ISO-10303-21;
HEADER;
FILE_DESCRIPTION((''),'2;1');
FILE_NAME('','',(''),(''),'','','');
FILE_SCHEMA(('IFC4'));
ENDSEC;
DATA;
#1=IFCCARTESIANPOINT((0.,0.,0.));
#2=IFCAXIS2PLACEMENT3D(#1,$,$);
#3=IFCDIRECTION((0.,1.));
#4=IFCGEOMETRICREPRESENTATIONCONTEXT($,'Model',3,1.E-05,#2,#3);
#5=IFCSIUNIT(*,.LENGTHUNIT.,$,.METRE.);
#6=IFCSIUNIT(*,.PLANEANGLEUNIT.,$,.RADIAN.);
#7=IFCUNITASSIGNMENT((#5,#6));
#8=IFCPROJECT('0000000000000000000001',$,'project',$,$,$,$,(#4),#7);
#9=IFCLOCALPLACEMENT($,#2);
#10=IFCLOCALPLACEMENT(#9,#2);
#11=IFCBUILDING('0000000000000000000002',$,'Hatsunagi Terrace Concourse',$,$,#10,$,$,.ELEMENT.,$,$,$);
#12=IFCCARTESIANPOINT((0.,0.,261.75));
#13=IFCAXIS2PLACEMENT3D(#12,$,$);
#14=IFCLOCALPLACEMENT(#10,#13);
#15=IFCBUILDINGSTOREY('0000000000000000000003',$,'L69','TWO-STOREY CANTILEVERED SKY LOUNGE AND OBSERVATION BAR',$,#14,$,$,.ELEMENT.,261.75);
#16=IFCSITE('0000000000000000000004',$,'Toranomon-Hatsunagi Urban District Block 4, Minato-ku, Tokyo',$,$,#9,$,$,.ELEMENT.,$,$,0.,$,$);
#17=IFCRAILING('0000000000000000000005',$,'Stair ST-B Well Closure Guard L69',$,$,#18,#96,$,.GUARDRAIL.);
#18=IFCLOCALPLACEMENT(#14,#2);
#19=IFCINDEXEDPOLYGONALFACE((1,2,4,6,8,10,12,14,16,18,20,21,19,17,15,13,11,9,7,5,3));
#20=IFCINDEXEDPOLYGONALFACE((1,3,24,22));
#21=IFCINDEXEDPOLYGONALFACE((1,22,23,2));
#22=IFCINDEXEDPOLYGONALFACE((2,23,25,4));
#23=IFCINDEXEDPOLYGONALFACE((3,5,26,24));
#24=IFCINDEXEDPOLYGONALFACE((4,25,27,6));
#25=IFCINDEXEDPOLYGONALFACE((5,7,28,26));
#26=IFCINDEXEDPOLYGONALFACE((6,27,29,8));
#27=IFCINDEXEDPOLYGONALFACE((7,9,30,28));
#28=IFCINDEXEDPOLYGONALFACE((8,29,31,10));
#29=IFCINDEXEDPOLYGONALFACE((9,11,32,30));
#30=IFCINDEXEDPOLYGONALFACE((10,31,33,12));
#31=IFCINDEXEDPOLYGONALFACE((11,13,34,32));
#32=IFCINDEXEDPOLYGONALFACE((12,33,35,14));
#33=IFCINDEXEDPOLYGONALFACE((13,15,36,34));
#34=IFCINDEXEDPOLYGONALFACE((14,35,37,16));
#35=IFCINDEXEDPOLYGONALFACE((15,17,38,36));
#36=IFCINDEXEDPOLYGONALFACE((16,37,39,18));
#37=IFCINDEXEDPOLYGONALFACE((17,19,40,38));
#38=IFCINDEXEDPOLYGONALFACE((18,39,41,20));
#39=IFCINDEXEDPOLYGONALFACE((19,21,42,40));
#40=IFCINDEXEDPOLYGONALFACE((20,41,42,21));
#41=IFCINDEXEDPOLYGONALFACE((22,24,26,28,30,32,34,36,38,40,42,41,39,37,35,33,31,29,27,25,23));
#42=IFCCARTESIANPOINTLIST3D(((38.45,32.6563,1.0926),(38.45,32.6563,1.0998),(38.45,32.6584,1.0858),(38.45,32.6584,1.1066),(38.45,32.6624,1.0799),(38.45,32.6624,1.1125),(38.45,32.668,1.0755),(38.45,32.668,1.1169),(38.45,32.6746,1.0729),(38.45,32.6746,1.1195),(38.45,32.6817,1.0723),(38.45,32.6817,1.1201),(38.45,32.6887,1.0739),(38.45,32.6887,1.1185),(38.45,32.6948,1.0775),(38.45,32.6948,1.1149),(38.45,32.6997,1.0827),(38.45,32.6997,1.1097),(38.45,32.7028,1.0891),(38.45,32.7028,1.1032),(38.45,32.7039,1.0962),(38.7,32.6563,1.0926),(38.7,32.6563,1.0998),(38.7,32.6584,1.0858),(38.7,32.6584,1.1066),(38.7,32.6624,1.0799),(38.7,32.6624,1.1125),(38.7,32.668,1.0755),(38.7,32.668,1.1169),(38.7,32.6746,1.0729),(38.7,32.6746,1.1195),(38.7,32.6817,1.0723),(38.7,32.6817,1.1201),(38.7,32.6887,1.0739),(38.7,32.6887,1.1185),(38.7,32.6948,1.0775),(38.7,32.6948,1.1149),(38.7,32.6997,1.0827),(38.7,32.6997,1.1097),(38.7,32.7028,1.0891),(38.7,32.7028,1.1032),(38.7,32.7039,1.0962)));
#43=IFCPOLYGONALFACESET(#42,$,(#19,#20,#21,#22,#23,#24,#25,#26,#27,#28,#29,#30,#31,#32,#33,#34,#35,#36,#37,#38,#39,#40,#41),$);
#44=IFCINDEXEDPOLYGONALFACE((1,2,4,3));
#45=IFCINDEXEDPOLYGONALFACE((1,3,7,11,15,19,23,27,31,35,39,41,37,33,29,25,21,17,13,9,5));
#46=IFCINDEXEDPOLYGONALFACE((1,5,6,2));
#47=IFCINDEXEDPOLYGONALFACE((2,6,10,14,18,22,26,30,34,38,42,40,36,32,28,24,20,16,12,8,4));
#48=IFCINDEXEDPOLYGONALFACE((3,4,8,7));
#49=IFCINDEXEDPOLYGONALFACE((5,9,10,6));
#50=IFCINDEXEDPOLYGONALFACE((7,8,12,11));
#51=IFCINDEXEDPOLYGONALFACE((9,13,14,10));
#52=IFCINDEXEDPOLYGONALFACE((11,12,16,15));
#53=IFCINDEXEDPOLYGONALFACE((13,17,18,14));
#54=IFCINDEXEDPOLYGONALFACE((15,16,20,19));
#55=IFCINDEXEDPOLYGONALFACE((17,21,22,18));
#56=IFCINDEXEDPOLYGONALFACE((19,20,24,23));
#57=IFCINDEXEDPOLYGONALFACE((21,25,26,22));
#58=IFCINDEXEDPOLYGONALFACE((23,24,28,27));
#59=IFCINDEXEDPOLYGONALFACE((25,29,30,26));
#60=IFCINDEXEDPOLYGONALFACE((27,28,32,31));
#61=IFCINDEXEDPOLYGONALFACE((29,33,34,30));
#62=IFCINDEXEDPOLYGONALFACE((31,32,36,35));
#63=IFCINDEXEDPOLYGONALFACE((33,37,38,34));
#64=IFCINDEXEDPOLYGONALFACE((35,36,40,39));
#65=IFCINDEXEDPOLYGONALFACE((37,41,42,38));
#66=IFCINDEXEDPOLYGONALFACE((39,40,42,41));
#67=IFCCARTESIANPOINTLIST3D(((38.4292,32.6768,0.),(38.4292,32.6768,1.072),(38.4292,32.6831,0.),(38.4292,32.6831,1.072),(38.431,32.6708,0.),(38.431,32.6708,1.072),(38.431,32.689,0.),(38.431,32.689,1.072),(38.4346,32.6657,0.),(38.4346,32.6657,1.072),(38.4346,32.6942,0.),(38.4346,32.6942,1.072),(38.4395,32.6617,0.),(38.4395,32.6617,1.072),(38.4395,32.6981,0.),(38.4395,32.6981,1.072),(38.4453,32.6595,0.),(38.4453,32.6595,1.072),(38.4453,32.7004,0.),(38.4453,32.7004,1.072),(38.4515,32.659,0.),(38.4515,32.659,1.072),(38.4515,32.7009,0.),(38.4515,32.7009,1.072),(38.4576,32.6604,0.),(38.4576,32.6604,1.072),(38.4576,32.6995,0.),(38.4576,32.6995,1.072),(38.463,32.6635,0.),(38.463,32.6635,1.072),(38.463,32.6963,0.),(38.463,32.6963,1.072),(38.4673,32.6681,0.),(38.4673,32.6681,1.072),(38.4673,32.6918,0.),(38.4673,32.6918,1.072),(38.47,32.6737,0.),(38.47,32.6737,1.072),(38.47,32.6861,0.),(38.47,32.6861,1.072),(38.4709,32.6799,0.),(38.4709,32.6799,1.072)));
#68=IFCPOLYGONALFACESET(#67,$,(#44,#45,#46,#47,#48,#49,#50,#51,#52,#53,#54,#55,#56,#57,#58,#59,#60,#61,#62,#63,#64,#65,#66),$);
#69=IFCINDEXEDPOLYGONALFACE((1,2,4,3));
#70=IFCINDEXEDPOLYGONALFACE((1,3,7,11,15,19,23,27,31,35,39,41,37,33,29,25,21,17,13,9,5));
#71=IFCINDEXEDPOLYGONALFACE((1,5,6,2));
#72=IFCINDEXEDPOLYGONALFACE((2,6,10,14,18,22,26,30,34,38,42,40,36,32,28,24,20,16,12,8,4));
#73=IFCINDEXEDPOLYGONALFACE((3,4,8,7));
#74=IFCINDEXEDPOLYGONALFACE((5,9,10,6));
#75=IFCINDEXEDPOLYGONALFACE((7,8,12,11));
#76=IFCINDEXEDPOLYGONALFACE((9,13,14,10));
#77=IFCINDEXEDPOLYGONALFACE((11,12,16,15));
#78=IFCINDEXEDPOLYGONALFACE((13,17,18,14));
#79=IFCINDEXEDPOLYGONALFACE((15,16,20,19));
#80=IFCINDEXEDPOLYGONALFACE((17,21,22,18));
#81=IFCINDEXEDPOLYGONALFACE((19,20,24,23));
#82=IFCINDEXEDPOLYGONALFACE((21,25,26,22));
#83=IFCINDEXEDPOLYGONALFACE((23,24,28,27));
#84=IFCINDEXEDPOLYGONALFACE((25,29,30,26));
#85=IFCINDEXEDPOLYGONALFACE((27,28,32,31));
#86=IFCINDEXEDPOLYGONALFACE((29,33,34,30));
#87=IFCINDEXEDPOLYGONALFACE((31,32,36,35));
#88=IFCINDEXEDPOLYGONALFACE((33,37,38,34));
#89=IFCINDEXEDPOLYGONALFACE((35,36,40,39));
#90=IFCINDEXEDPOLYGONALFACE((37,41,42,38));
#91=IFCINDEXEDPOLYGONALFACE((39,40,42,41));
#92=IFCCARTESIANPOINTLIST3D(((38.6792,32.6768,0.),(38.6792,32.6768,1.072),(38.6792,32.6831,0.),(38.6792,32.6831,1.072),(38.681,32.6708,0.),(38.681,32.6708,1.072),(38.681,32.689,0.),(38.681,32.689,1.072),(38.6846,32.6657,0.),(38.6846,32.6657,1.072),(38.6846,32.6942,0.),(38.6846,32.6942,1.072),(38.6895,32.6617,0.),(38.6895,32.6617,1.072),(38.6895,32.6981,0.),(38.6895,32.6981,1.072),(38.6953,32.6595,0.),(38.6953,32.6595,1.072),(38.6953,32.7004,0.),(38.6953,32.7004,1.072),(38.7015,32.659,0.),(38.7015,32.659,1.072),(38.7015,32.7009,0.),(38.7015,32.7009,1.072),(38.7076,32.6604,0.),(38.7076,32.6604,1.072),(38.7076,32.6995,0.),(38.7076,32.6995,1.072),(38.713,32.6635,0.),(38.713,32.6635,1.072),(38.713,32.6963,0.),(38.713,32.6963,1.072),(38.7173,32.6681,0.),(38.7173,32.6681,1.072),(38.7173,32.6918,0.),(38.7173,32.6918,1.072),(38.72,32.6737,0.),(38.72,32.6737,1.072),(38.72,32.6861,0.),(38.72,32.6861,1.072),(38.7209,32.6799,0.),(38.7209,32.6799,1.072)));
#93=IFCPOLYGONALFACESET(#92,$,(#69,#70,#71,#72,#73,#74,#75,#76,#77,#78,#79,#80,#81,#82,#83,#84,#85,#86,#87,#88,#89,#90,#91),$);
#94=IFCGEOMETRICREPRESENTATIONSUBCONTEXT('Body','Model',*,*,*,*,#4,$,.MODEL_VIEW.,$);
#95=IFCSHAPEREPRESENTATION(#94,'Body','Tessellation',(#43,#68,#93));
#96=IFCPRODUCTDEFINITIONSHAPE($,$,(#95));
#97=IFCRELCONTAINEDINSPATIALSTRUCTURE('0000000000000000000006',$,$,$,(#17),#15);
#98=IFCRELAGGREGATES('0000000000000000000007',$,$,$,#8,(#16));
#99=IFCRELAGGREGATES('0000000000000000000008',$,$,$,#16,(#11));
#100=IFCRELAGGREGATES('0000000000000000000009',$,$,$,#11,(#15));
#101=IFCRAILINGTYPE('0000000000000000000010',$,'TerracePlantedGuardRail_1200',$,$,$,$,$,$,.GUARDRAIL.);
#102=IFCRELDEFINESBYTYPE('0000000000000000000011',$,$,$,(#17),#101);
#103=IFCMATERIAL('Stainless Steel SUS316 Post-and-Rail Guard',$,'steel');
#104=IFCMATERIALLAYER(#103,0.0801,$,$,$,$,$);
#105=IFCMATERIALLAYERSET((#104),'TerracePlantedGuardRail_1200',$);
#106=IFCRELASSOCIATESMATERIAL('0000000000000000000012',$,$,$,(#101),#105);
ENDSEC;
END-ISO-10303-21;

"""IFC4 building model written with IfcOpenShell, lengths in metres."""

from ifc_helpers import new_model, si_unit, direction, frame, origin, origin_2d, place, context, subcontext, project, spatial, circle, extrude, material, layer, layer_set, type_object, element, save


model = new_model("IFC4")

# Units and contexts
model_context = context("Model", 3, precision=1e-05, world=origin(), true_north=direction((0.0, 1.0)))
body_context = subcontext(model_context, "Body", "Model", "MODEL_VIEW")
ifc_project = project(units=[si_unit("LENGTHUNIT", "METRE"), si_unit("PLANEANGLEUNIT", "RADIAN")], contexts=[model_context])

# Site, building, storey
site_placement = place(None, origin())
site = spatial("IfcSite", under=ifc_project, at=site_placement, Name="Toranomon-Hatsunagi Urban District Block 4, Minato-ku, Tokyo", CompositionType="ELEMENT", RefElevation=0.0)
building_placement = place(site_placement, origin())
building = spatial("IfcBuilding", under=site, at=building_placement, Name="Hatsunagi Terrace Concourse", CompositionType="ELEMENT")
storey_placement = place(building_placement, frame((0.0, 0.0, 261.75)))
storey = spatial("IfcBuildingStorey", under=building, at=storey_placement, Name="L69", Description="TWO-STOREY CANTILEVERED SKY LOUNGE AND OBSERVATION BAR", CompositionType="ELEMENT", Elevation=261.75)

# Railing
ifc_material_1 = material(Name="Stainless Steel SUS316 Post-and-Rail Guard", Category="steel")
ifc_layer_1 = layer(ifc_material_1, 0.0801)
ifc_layer_set_1 = layer_set([ifc_layer_1], Name="TerracePlantedGuardRail_1200")
railing_type_1 = type_object("IfcRailingType", Name="TerracePlantedGuardRail_1200", PredefinedType="GUARDRAIL", material=ifc_layer_set_1)
railing_1_placement = place(storey_placement, frame((38.45, 32.6799, 0.0)))
element("IfcRailing", 1, at=railing_1_placement, inside=storey, type_object=railing_type_1, Name="Stair ST-B Well Closure Guard L69", PredefinedType="GUARDRAIL", context=body_context, shape_type="SweptSolid", body=[
    extrude(circle(Radius=0.0239, at=origin_2d()), frame((0.0, 0.0, 1.0962), z_axis=(1.0, 0.0, 0.0), x_axis=(0.0, 1.0, 0.0)), (0.0, 0.0, 1.0), 0.25),
    extrude(circle(Radius=0.021, at=origin_2d()), origin(), (0.0, 0.0, 1.0), 1.072),
    extrude(circle(Radius=0.021, at=origin_2d()), frame((0.25, 0.0, 0.0)), (0.0, 0.0, 1.0), 1.072),
])

save(model, "model.ifc")
